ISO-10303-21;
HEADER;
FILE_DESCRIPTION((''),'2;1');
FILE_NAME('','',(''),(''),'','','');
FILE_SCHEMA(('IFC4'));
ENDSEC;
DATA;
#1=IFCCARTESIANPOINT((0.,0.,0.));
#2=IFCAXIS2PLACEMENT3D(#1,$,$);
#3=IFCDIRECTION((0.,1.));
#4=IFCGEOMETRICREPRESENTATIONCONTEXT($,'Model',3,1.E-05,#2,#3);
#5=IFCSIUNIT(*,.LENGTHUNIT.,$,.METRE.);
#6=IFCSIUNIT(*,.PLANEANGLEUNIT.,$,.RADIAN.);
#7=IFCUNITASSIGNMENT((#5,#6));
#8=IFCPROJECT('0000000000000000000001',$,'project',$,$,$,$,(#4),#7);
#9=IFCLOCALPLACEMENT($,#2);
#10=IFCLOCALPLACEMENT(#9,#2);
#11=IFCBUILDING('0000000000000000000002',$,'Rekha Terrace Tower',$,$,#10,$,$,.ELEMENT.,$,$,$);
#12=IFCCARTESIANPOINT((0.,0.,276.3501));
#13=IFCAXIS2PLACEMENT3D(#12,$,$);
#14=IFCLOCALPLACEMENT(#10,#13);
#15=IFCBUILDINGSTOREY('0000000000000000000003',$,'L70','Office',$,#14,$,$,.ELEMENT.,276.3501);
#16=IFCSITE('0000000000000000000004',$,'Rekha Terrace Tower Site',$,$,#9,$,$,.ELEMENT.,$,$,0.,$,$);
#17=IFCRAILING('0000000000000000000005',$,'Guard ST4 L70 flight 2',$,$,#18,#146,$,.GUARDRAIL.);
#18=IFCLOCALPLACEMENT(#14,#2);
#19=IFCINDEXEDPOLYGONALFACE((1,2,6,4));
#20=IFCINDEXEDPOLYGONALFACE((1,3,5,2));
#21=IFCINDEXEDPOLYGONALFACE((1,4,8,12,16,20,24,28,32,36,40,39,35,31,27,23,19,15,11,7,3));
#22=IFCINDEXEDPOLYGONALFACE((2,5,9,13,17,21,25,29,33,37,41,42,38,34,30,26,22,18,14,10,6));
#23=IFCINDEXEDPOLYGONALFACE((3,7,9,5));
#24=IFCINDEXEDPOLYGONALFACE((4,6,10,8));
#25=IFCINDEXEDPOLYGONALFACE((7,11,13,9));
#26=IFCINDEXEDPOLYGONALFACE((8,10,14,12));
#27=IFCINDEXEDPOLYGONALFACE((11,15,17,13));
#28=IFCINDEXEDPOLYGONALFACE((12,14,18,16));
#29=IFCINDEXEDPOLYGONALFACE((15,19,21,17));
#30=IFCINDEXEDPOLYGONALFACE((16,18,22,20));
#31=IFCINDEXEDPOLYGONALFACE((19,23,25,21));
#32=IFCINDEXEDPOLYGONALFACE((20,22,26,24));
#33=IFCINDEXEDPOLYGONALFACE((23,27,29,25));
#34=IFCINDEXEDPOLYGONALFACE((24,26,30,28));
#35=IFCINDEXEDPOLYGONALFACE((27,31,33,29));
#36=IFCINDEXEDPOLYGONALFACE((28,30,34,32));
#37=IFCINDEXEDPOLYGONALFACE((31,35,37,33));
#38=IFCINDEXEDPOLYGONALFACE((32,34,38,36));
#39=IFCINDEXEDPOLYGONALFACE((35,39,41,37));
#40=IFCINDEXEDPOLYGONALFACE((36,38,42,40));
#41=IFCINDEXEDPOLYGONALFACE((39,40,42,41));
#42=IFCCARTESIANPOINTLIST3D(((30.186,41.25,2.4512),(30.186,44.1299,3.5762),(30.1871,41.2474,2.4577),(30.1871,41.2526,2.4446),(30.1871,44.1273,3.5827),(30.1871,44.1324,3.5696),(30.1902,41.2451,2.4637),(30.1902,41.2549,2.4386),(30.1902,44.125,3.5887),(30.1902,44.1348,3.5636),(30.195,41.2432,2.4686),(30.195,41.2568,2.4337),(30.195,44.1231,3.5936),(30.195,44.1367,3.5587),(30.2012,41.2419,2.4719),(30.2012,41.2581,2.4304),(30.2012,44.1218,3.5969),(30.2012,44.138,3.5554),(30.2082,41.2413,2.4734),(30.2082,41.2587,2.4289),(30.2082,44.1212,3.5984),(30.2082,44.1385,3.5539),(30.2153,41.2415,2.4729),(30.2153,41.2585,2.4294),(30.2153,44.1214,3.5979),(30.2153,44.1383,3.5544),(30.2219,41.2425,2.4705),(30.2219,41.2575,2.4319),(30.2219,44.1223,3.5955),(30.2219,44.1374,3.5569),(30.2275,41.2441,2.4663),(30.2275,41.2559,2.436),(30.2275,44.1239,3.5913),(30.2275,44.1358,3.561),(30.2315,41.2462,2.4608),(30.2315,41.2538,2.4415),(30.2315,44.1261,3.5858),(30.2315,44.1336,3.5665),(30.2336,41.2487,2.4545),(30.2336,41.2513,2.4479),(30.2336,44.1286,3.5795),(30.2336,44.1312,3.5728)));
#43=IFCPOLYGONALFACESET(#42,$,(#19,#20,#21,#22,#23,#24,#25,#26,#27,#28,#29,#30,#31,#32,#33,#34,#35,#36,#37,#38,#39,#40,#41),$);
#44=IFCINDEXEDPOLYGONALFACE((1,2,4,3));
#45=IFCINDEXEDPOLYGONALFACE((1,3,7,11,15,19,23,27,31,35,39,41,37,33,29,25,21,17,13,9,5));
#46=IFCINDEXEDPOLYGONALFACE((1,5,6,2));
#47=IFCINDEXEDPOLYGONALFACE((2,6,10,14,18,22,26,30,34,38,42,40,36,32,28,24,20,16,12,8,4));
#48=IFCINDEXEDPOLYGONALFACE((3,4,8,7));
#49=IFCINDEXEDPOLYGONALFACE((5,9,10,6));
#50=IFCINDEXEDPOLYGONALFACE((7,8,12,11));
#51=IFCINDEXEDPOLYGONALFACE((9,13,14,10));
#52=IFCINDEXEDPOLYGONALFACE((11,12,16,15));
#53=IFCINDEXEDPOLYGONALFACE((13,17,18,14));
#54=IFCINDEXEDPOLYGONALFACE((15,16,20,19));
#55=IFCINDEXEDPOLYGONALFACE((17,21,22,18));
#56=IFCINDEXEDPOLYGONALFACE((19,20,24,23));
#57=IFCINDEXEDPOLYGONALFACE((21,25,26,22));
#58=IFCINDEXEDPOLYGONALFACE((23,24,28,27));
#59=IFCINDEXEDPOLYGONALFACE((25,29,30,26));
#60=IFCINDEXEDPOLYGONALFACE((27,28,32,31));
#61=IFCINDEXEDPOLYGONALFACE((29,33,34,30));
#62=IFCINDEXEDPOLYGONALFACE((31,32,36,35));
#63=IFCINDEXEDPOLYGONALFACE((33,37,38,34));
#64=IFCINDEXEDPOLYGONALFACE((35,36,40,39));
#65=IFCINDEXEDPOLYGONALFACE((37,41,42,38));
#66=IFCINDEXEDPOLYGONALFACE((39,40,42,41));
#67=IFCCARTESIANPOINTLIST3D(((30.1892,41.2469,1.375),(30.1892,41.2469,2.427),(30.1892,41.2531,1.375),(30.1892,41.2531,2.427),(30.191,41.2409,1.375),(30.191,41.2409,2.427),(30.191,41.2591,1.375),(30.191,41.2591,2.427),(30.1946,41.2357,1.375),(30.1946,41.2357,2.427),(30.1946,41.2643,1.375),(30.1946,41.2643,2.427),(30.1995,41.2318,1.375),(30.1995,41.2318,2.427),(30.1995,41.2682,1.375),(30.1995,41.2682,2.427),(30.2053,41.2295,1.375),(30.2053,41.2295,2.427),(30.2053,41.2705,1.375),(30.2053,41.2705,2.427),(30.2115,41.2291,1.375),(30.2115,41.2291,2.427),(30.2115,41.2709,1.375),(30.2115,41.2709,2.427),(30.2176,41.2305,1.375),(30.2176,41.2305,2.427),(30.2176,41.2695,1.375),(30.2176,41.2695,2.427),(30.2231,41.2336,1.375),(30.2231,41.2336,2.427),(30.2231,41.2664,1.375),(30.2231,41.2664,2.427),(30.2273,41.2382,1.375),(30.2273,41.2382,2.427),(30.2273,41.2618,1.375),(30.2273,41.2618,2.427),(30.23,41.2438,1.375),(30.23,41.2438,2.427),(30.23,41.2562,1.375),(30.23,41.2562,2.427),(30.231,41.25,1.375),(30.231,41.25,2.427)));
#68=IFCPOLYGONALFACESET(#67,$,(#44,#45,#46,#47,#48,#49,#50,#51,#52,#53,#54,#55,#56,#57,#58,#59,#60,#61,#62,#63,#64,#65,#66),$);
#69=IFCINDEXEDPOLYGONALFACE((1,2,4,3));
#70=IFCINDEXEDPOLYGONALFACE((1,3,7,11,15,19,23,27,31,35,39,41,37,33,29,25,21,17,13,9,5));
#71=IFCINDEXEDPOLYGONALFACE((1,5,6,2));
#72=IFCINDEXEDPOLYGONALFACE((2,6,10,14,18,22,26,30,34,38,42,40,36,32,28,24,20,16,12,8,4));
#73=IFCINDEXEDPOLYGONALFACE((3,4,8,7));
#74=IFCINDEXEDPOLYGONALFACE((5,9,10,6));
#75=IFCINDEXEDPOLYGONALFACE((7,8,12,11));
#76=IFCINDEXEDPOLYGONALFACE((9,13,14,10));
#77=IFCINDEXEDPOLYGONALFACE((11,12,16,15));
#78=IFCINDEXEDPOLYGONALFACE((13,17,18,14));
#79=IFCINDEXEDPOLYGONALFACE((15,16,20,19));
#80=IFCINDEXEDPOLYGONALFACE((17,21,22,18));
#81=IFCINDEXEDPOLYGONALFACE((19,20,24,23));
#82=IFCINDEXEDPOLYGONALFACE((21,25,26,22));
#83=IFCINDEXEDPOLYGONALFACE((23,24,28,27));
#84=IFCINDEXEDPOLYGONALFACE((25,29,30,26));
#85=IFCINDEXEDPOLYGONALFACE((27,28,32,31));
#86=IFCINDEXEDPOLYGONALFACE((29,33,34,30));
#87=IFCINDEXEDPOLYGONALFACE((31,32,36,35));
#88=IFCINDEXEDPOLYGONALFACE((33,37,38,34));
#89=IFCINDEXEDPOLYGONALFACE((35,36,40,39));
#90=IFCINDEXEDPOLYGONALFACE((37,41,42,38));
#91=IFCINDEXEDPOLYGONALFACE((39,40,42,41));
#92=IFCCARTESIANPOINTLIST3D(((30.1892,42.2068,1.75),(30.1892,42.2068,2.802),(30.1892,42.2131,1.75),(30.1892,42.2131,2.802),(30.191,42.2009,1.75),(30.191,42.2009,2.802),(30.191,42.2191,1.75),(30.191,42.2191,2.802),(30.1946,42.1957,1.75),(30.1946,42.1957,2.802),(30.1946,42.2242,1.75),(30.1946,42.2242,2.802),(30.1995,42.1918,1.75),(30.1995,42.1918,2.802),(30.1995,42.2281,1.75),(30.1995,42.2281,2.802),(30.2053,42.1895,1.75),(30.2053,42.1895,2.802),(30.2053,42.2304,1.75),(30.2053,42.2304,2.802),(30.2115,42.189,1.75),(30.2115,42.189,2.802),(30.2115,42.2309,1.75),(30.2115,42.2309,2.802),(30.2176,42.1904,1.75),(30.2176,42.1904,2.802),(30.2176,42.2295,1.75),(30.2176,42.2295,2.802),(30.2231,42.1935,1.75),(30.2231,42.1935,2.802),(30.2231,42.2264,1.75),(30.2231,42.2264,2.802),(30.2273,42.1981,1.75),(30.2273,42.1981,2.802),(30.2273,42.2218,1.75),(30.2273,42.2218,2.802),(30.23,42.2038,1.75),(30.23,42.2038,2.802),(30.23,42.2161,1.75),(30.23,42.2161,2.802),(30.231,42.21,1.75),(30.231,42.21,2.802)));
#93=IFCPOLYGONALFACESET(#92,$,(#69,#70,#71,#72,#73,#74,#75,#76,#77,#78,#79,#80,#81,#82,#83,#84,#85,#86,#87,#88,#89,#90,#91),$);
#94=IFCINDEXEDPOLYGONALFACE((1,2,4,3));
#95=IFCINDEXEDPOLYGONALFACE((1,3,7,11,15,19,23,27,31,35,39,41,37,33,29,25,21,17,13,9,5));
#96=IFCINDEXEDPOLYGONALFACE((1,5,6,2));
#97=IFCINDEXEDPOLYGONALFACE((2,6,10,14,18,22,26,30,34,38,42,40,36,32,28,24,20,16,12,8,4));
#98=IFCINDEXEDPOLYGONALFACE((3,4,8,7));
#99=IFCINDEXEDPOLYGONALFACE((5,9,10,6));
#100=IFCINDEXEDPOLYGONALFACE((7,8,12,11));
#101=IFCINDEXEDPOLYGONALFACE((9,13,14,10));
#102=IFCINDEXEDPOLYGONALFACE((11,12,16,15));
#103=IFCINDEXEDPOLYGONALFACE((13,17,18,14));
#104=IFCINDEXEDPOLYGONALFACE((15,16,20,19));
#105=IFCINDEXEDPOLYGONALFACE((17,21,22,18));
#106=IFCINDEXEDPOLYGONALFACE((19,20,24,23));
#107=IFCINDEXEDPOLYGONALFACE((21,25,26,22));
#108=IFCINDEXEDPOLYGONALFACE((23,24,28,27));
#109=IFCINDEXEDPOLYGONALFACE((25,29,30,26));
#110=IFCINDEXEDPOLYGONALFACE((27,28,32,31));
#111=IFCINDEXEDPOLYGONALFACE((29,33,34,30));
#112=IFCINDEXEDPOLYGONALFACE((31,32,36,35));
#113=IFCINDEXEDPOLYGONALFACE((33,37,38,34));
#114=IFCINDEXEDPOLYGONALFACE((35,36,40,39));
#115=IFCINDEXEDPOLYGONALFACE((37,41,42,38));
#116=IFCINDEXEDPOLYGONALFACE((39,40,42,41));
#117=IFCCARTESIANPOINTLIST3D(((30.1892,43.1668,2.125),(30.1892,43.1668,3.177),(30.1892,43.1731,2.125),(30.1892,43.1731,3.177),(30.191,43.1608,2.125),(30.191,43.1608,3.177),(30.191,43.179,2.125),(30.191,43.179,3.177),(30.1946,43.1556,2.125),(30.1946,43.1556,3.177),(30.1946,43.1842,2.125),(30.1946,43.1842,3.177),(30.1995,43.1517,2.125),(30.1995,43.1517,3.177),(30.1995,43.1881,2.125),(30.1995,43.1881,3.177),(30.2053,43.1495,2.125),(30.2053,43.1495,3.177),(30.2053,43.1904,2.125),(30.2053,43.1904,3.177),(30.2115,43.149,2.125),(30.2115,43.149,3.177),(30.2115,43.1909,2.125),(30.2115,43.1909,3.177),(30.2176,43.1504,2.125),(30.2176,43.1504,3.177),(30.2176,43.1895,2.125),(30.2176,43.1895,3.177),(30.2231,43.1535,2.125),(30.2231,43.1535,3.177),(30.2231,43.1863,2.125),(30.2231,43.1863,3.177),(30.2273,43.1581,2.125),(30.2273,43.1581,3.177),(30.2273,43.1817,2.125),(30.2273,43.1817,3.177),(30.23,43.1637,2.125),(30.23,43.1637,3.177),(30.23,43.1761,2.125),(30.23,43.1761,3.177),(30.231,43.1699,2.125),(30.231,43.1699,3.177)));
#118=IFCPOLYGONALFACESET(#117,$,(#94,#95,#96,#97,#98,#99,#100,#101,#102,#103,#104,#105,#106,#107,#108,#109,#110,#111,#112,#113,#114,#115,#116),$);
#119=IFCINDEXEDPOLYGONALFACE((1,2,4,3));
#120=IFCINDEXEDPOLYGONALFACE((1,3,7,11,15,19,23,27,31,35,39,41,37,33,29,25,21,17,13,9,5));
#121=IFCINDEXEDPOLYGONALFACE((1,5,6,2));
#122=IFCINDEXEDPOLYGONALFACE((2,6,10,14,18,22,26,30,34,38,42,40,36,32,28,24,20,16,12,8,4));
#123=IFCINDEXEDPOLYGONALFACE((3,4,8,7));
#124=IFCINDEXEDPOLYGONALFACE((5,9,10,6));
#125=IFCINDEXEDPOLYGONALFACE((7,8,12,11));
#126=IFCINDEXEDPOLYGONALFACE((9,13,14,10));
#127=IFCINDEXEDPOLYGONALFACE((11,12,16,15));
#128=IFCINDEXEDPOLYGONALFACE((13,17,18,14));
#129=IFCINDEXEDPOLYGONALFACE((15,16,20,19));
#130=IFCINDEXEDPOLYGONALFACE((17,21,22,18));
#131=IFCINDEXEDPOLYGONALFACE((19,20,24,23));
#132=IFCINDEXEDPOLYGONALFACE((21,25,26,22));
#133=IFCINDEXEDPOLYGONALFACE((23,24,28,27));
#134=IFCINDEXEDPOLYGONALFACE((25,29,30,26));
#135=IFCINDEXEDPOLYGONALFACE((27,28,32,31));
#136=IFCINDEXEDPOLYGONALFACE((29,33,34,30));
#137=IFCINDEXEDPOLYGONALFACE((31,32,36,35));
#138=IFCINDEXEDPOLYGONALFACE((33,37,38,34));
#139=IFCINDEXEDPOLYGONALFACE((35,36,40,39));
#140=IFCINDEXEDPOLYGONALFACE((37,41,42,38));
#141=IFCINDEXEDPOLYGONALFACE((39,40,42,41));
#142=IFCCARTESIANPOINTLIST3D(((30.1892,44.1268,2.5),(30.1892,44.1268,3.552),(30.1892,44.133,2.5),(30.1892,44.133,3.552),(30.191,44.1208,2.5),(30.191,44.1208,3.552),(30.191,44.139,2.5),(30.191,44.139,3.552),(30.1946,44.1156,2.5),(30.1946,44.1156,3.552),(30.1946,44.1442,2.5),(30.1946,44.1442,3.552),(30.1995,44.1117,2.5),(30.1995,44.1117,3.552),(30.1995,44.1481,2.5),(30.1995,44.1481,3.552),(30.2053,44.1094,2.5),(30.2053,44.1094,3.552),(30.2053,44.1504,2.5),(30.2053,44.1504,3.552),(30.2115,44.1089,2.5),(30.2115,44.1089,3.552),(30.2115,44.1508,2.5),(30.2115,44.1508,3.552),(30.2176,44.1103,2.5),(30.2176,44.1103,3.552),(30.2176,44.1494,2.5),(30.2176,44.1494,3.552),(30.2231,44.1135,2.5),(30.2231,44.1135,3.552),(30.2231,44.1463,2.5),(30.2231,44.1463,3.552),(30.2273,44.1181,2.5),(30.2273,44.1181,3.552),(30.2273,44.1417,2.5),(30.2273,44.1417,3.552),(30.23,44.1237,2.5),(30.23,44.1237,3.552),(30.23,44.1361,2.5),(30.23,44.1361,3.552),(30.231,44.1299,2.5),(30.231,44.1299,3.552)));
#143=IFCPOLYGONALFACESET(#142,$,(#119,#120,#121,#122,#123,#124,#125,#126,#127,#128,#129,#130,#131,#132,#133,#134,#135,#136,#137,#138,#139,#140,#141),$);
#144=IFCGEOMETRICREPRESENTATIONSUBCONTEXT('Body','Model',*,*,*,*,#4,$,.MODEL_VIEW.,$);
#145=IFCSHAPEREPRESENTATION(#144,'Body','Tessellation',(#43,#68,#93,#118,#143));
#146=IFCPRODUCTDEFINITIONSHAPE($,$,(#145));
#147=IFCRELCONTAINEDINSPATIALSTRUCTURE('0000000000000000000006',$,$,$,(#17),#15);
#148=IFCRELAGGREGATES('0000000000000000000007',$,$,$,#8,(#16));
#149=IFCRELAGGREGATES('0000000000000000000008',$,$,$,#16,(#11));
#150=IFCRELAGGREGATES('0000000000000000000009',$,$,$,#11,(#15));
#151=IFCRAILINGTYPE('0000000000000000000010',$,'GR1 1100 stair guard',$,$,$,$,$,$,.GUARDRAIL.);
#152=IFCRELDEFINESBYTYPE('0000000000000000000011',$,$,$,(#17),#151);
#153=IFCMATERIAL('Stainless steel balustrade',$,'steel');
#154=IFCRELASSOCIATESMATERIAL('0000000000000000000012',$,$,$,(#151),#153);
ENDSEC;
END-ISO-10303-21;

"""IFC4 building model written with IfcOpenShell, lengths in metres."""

from ifc_helpers import new_model, si_unit, direction, frame, origin, origin_2d, place, context, subcontext, project, spatial, circle, extrude, material, type_object, element, save


model = new_model("IFC4")

# Units and contexts
model_context = context("Model", 3, precision=1e-05, world=origin(), true_north=direction((0.0, 1.0)))
body_context = subcontext(model_context, "Body", "Model", "MODEL_VIEW")
ifc_project = project(units=[si_unit("LENGTHUNIT", "METRE"), si_unit("PLANEANGLEUNIT", "RADIAN")], contexts=[model_context])

# Site, building, storey
site_placement = place(None, origin())
site = spatial("IfcSite", under=ifc_project, at=site_placement, Name="Rekha Terrace Tower Site", CompositionType="ELEMENT", RefElevation=0.0)
building_placement = place(site_placement, origin())
building = spatial("IfcBuilding", under=site, at=building_placement, Name="Rekha Terrace Tower", CompositionType="ELEMENT")
storey_placement = place(building_placement, frame((0.0, 0.0, 276.3501)))
storey = spatial("IfcBuildingStorey", under=building, at=storey_placement, Name="L70", Description="Office", CompositionType="ELEMENT", Elevation=276.3501)

# Railing
ifc_material_1 = material(Name="Stainless steel balustrade", Category="steel")
railing_type_1 = type_object("IfcRailingType", Name="GR1 1100 stair guard", PredefinedType="GUARDRAIL", material=ifc_material_1)
railing_1_placement = place(storey_placement, frame((30.21, 41.25, 1.375)))
element("IfcRailing", 1, at=railing_1_placement, inside=storey, type_object=railing_type_1, Name="Guard ST4 L70 flight 2", PredefinedType="GUARDRAIL", context=body_context, shape_type="SweptSolid", body=[
    extrude(circle(Radius=0.0239, at=origin_2d()), frame((0.0, 0.0, 1.0762), z_axis=(0.0, 0.931452, 0.363863), x_axis=(-1.0, 0.0, 0.0)), (0.0, 0.0, 1.0), 3.0918),
    extrude(circle(Radius=0.021, at=origin_2d()), origin(), (0.0, 0.0, 1.0), 1.052),
    extrude(circle(Radius=0.021, at=origin_2d()), frame((0.0, 0.96, 0.375)), (0.0, 0.0, 1.0), 1.052),
    extrude(circle(Radius=0.021, at=origin_2d()), frame((0.0, 1.9199, 0.75)), (0.0, 0.0, 1.0), 1.052),
    extrude(circle(Radius=0.021, at=origin_2d()), frame((0.0, 2.8799, 1.125)), (0.0, 0.0, 1.0), 1.052),
])

save(model, "model.ifc")
